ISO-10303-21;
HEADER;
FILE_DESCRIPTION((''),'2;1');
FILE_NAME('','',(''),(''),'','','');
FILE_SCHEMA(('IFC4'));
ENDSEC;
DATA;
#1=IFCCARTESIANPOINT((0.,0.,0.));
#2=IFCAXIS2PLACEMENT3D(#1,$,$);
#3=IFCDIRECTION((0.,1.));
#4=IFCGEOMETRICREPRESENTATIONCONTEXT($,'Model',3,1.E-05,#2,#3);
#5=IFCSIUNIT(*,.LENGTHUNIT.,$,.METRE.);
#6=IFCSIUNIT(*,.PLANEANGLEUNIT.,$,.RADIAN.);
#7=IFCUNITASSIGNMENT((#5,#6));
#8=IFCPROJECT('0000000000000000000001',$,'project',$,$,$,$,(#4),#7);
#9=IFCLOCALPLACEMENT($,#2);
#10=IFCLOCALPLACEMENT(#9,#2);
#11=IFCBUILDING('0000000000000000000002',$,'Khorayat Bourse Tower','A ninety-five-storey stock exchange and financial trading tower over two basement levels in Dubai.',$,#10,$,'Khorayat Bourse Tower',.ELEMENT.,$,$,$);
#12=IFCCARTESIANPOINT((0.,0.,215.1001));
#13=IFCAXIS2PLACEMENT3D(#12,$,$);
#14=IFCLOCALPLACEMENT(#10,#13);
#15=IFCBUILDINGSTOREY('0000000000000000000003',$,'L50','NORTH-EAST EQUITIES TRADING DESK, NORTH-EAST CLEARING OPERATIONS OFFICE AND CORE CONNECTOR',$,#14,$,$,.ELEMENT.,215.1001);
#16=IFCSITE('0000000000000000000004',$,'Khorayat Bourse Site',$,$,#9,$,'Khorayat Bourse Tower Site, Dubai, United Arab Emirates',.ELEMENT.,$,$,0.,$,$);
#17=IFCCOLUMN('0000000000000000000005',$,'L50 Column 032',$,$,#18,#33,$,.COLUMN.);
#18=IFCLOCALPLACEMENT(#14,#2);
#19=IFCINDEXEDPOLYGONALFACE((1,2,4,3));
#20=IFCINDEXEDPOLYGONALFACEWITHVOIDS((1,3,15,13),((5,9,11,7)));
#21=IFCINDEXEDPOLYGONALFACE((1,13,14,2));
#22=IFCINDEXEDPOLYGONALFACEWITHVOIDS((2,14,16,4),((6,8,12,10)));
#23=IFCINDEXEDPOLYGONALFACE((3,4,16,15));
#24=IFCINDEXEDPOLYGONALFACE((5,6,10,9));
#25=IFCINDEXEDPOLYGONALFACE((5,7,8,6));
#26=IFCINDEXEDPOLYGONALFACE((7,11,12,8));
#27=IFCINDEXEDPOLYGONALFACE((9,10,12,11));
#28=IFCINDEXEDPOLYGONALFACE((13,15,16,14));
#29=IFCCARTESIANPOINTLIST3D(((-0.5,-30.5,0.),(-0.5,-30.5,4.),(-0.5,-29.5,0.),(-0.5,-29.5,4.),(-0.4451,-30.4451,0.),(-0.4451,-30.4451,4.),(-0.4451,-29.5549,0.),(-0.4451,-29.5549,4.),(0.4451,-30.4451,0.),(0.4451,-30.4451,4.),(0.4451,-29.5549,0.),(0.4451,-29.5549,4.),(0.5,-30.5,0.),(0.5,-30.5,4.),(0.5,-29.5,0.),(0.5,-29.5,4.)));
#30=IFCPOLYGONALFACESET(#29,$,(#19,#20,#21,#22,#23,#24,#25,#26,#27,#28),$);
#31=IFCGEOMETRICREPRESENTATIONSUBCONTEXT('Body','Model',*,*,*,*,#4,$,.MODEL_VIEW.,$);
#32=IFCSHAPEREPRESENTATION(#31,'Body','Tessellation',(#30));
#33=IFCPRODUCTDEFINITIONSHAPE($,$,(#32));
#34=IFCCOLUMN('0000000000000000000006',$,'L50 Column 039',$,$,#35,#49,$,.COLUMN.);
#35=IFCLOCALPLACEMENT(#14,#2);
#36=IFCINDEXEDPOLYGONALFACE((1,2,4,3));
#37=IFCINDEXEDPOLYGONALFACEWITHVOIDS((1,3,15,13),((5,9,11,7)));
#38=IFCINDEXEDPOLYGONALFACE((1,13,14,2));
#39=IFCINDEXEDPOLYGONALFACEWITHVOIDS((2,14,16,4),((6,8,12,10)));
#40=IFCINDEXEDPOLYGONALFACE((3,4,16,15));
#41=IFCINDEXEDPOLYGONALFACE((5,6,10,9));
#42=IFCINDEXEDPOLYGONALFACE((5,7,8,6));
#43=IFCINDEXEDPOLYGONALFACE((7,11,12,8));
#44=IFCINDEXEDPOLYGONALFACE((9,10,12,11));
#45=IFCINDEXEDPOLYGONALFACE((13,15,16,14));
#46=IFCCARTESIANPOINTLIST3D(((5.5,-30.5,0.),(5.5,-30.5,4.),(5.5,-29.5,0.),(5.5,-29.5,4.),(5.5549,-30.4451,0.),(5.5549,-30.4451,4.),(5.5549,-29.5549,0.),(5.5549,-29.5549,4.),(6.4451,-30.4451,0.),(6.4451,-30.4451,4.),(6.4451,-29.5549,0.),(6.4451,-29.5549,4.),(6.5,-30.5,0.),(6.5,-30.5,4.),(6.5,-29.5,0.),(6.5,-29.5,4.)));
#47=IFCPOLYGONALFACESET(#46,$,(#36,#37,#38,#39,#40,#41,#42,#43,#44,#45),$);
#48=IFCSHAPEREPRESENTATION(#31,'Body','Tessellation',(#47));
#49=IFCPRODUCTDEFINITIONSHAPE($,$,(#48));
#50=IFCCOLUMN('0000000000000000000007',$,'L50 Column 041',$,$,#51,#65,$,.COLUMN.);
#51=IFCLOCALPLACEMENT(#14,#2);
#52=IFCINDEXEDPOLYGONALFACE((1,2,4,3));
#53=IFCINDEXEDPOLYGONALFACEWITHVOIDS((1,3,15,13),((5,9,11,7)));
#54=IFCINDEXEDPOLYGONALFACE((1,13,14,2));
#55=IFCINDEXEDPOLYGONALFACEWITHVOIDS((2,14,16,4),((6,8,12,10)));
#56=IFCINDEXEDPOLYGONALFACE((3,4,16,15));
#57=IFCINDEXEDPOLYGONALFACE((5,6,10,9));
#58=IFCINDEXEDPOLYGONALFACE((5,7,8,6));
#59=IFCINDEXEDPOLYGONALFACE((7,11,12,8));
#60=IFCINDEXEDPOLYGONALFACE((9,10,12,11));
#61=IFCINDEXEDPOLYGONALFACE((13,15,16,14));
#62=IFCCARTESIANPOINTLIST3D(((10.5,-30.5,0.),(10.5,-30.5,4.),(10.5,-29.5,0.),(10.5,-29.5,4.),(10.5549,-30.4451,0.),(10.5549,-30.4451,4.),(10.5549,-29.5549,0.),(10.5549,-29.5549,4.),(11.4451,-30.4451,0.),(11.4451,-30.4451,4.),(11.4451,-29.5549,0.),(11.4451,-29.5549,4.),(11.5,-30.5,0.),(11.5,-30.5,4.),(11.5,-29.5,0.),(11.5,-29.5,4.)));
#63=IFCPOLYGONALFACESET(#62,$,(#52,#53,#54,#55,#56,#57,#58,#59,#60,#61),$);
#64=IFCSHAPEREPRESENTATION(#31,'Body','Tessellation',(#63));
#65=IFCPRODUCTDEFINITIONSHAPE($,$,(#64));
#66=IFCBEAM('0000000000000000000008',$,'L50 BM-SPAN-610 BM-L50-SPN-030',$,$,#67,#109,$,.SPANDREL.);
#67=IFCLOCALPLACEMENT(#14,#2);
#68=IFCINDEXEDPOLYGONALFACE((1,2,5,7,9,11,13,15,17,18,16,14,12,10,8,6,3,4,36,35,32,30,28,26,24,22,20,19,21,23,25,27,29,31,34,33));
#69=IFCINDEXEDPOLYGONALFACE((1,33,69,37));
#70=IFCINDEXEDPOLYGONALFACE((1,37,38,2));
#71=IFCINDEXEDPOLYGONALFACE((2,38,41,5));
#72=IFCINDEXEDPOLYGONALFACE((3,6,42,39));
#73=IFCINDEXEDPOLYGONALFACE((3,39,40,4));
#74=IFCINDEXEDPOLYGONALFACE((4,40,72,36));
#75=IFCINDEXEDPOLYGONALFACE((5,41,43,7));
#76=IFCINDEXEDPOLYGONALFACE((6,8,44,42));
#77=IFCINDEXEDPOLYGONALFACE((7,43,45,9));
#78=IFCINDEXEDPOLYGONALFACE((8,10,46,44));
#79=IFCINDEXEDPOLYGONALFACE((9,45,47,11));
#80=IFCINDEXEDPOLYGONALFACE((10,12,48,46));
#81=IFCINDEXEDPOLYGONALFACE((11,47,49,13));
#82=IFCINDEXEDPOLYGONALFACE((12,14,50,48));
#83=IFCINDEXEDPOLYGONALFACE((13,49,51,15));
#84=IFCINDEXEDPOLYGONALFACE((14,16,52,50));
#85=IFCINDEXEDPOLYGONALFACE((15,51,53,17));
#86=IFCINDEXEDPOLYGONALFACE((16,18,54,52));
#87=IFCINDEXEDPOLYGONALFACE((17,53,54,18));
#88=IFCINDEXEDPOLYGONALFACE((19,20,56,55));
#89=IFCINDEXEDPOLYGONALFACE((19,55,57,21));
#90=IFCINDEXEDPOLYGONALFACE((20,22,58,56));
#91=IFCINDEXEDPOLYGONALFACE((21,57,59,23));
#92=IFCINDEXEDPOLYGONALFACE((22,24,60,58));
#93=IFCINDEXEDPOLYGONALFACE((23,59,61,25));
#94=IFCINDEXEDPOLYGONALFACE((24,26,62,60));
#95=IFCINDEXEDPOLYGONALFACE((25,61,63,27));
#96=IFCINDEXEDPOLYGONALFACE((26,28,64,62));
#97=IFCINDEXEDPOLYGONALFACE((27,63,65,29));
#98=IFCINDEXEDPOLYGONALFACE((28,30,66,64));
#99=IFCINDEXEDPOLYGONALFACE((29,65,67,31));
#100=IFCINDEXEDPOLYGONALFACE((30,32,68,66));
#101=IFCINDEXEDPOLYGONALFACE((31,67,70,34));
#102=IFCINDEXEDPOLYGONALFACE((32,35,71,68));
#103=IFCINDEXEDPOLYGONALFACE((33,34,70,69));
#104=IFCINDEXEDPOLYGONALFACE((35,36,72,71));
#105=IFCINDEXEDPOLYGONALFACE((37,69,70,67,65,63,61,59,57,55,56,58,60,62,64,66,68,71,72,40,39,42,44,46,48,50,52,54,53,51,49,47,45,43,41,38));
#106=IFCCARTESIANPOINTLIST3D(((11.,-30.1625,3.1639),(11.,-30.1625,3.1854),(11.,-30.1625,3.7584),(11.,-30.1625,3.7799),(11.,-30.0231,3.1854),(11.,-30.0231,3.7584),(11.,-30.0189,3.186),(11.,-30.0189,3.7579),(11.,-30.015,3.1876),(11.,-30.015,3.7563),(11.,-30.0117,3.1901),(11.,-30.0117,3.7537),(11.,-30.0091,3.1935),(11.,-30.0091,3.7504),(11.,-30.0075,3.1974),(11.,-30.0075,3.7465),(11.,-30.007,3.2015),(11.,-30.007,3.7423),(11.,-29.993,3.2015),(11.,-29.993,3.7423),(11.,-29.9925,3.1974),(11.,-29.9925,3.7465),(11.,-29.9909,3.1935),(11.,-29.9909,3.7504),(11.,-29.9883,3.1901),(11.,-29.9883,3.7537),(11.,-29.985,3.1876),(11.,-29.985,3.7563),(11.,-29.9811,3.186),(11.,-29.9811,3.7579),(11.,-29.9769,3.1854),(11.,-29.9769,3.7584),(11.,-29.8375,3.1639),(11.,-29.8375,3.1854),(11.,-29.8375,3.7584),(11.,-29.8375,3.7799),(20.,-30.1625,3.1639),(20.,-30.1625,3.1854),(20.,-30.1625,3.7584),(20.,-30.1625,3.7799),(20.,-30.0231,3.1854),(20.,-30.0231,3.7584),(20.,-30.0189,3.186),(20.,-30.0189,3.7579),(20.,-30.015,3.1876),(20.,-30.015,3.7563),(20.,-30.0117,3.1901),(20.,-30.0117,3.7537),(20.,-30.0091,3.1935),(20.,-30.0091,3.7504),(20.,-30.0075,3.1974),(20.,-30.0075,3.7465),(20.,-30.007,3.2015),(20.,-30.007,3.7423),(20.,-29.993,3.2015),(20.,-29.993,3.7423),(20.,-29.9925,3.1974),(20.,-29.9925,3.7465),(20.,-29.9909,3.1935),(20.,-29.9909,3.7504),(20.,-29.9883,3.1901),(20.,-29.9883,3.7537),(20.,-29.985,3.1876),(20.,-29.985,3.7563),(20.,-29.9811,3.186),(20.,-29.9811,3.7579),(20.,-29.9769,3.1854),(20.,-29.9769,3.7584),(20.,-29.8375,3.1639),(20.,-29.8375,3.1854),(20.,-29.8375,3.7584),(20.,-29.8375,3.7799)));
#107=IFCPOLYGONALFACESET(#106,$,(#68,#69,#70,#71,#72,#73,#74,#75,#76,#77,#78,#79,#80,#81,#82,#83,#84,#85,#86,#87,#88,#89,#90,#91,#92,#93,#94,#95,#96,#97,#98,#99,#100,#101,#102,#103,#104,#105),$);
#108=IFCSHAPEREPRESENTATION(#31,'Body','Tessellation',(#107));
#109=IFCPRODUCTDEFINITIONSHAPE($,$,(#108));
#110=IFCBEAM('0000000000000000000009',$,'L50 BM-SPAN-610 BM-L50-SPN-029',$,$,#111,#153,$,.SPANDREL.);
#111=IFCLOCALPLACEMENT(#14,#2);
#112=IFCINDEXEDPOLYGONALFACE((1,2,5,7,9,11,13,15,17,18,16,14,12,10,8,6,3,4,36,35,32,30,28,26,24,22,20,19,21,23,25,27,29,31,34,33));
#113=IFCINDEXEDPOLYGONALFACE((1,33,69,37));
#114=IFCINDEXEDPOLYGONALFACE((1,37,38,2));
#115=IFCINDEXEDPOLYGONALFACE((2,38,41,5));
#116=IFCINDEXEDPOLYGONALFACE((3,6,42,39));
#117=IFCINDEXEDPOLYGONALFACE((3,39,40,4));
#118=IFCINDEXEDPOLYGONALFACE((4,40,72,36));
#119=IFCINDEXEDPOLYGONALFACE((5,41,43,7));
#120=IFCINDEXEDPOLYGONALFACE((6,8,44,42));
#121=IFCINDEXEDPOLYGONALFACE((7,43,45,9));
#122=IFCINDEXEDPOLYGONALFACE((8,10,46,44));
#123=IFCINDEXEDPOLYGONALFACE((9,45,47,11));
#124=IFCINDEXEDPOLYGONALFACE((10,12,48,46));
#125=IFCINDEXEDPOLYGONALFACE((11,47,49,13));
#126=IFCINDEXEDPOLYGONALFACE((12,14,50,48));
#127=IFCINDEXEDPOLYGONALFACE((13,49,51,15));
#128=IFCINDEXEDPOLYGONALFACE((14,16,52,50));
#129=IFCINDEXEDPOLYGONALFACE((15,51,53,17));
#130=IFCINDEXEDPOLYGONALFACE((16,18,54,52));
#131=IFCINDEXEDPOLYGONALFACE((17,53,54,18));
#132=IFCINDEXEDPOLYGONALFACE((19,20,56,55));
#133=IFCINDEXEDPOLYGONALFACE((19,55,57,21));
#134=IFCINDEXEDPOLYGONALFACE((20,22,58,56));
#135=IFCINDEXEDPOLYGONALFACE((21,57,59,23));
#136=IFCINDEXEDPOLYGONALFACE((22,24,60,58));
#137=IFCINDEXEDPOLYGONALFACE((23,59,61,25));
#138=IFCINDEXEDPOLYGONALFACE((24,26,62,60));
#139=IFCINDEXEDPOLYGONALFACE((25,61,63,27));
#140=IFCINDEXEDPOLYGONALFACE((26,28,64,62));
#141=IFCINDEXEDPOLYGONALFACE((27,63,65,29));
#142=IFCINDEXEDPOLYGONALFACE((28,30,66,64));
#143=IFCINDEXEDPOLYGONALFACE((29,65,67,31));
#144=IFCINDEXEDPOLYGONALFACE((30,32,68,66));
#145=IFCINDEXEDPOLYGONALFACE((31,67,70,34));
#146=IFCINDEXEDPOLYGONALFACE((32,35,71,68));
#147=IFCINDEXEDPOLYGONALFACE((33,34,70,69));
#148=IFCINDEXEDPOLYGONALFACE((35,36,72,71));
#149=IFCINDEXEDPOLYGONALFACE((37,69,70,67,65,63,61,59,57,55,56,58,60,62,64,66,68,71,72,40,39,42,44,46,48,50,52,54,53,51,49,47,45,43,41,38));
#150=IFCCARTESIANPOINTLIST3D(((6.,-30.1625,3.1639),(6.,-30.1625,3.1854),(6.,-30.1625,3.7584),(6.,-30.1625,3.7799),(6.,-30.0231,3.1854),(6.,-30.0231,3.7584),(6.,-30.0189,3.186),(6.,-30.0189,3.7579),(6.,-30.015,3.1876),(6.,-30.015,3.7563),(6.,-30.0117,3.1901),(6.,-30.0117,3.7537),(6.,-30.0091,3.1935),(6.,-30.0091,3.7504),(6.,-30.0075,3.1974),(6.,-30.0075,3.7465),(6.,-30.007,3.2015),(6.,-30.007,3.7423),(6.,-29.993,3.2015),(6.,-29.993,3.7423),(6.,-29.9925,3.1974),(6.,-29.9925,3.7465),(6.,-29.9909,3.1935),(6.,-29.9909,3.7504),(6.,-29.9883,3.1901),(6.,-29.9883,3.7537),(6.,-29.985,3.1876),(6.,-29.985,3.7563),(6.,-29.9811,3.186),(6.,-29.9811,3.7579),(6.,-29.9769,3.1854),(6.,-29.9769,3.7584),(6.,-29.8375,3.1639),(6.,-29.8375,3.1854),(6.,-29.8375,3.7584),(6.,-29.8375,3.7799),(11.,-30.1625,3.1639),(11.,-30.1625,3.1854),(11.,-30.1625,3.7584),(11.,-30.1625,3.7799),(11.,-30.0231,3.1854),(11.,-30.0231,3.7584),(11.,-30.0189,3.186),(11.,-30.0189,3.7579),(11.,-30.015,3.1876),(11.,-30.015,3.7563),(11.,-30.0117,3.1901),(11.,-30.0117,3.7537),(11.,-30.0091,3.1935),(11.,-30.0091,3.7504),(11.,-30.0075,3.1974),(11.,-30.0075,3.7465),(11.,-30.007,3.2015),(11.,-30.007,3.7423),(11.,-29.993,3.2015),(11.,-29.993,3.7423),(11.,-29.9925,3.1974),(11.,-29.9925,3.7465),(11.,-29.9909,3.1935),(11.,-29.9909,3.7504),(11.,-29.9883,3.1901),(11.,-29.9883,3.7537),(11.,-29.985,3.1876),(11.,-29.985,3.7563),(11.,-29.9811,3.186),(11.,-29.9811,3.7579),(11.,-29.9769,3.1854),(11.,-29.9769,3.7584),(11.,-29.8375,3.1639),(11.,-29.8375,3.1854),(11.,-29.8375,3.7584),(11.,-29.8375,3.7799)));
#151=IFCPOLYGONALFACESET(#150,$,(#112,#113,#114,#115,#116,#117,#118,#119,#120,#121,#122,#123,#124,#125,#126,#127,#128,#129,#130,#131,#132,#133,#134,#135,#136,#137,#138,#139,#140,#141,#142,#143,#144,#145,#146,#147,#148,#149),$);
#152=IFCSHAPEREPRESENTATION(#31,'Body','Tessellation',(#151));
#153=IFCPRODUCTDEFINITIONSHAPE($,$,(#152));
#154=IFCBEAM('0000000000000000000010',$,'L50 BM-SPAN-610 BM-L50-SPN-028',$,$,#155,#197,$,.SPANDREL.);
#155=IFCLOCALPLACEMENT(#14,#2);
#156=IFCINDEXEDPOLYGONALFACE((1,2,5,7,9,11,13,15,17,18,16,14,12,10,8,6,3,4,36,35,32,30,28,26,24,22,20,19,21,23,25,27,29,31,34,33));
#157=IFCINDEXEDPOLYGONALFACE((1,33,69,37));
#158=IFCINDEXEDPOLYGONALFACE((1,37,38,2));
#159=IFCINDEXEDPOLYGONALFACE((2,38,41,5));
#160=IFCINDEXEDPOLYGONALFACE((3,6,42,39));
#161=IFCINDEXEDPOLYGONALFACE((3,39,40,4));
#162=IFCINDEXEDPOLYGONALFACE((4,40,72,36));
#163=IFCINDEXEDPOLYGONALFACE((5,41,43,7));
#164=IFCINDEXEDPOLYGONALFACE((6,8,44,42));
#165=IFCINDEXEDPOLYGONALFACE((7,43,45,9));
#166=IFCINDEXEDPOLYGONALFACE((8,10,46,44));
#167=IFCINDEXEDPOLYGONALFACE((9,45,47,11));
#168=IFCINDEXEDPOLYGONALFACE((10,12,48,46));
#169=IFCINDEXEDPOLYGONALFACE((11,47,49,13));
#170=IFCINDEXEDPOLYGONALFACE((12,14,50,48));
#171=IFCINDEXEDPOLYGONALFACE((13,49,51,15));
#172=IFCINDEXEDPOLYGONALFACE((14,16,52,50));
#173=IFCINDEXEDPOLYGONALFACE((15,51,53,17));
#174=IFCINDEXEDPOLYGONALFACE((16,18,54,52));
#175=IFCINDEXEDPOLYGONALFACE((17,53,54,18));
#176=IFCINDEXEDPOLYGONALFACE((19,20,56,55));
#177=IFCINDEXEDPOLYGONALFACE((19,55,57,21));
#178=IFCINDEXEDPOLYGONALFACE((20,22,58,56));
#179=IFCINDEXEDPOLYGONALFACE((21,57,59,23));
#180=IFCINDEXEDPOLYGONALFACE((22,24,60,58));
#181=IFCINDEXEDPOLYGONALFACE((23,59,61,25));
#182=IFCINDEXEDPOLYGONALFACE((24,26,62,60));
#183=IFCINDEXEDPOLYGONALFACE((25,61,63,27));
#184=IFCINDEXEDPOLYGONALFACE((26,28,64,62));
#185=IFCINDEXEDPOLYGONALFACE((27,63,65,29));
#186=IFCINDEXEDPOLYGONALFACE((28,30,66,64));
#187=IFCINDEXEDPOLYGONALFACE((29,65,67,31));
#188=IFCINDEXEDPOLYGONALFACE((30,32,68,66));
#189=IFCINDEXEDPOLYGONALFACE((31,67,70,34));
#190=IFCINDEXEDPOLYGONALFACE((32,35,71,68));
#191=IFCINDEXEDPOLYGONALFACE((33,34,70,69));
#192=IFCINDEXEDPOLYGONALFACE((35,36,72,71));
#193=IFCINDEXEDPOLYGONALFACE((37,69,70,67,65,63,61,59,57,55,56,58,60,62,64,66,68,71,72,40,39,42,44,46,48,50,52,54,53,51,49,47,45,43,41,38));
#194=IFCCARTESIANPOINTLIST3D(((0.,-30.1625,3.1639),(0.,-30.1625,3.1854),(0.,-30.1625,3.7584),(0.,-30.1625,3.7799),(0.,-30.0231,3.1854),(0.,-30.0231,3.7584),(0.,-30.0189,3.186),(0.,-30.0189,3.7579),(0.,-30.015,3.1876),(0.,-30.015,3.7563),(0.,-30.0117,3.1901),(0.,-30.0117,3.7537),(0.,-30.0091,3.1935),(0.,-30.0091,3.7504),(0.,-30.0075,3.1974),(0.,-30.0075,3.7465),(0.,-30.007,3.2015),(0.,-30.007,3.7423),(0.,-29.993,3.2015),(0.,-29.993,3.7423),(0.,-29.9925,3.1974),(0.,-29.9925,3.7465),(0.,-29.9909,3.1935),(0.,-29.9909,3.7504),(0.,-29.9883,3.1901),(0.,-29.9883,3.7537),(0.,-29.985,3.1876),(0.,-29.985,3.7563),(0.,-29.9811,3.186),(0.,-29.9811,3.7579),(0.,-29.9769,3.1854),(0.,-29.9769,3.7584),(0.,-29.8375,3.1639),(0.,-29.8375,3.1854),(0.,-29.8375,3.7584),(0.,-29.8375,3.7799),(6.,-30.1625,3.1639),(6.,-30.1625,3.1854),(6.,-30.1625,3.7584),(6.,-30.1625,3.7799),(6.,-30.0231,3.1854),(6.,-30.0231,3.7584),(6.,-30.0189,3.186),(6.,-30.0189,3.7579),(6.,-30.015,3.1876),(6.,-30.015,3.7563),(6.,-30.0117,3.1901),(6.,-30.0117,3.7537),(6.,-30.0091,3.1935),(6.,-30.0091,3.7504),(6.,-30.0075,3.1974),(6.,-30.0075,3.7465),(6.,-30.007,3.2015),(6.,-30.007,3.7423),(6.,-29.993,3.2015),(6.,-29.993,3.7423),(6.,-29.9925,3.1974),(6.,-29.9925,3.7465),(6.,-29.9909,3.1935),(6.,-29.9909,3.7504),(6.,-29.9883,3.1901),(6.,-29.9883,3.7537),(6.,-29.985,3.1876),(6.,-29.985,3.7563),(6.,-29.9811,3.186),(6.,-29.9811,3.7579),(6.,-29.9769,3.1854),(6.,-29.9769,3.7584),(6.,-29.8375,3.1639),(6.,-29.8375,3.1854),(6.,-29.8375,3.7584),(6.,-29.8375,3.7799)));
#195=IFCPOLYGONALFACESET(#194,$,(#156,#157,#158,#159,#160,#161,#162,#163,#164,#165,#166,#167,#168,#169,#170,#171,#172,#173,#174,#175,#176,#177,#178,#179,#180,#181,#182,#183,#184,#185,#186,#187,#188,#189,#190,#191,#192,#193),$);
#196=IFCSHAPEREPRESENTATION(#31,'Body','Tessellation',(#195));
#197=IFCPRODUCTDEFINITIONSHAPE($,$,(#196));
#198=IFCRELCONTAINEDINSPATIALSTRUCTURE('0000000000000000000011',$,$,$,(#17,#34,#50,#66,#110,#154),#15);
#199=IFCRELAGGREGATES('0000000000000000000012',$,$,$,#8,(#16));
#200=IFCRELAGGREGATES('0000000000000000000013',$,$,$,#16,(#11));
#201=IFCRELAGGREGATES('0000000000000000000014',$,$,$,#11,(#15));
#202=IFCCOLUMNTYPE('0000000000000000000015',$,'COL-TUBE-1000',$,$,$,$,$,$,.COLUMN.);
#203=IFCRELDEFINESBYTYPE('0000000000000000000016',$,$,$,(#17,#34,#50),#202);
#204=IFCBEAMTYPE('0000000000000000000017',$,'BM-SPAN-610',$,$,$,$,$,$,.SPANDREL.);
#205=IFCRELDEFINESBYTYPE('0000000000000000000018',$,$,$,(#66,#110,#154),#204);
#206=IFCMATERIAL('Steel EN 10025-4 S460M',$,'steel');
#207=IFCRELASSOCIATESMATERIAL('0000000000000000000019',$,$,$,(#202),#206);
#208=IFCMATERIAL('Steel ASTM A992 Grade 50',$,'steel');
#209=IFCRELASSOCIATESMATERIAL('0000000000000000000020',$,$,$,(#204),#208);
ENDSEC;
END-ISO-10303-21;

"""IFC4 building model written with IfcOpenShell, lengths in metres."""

from ifc_helpers import new_model, si_unit, direction, frame, origin, origin_2d, place, context, subcontext, project, spatial, hollow_rectangle, i_section, extrude, source, transform, mapped, material, material_profile, profile_set, type_object, element, save


model = new_model("IFC4")

# Units and contexts
model_context = context("Model", 3, precision=1e-05, world=origin(), true_north=direction((0.0, 1.0)))
body_context = subcontext(model_context, "Body", "Model", "MODEL_VIEW")
ifc_project = project(units=[si_unit("LENGTHUNIT", "METRE"), si_unit("PLANEANGLEUNIT", "RADIAN")], contexts=[model_context])

# Site, building, storey
site_placement = place(None, origin())
site = spatial("IfcSite", under=ifc_project, at=site_placement, Name="Khorayat Bourse Site", LongName="Khorayat Bourse Tower Site, Dubai, United Arab Emirates", CompositionType="ELEMENT", RefElevation=0.0)
building_placement = place(site_placement, origin())
building = spatial("IfcBuilding", under=site, at=building_placement, Name="Khorayat Bourse Tower", Description="A ninety-five-storey stock exchange and financial trading tower over two basement levels in Dubai.", LongName="Khorayat Bourse Tower", CompositionType="ELEMENT")
storey_placement = place(building_placement, frame((0.0, 0.0, 215.1001)))
storey = spatial("IfcBuildingStorey", under=building, at=storey_placement, Name="L50", Description="NORTH-EAST EQUITIES TRADING DESK, NORTH-EAST CLEARING OPERATIONS OFFICE AND CORE CONNECTOR", CompositionType="ELEMENT", Elevation=215.1001)

# Columns
ifc_material_1 = material(Name="Steel EN 10025-4 S460M", Category="steel")
ifc_material_profile_1 = material_profile(ifc_material_1, hollow_rectangle(XDim=1.0, YDim=1.0, WallThickness=0.0549, at=origin_2d()), Name="BOX 1000x1000x55")
ifc_profile_set_1 = profile_set([ifc_material_profile_1], Name="Steel EN 10025-4 S460M")
column_type = type_object("IfcColumnType", Name="COL-TUBE-1000", PredefinedType="COLUMN", material=ifc_profile_set_1)
shared_shape_1 = source(origin(), body_context, "Body", "SweptSolid", [
    extrude(hollow_rectangle(XDim=1.0, YDim=1.0, WallThickness=0.0549, at=origin_2d()), origin(), (0.0, 0.0, 1.0), 4.0),
])
for number, where, z_axis, x_axis, name in (
    (1, (0.0, -30.0, 0.0), (0.0, 0.0, 1.0), (1.0, 0.0, 0.0), "L50 Column 032"),
    (2, (6.0, -30.0, 0.0), (0.0, 0.0, 1.0), (1.0, 0.0, 0.0), "L50 Column 039"),
    (3, (11.0, -30.0, 0.0), (0.0, 0.0, 1.0), (1.0, 0.0, 0.0), "L50 Column 041"),
):
    element("IfcColumn", number, at=place(storey_placement, frame(where, z_axis=z_axis, x_axis=x_axis)), inside=storey, type_object=column_type, Name=name, PredefinedType="COLUMN", context=body_context, shape_type="MappedRepresentation", body=[
        mapped(shared_shape_1, transform((0.0, 0.0, 0.0), scale=1.0)),
    ])

# Beams
ifc_material_2 = material(Name="Steel ASTM A992 Grade 50", Category="steel")
ifc_material_profile_2 = material_profile(ifc_material_2, i_section(OverallWidth=0.325, OverallDepth=0.616, WebThickness=0.0139, FlangeThickness=0.0215, FilletRadius=0.0161, at=origin_2d()), Name="W610X174")
ifc_profile_set_2 = profile_set([ifc_material_profile_2], Name="Steel ASTM A992 Grade 50")
beam_type_1 = type_object("IfcBeamType", Name="BM-SPAN-610", PredefinedType="SPANDREL", material=ifc_profile_set_2)
shared_shape_2 = source(origin(), body_context, "Body", "SweptSolid", [
    extrude(i_section(OverallWidth=0.325, OverallDepth=0.616, WebThickness=0.0139, FlangeThickness=0.0215, FilletRadius=0.0161, at=origin_2d()), origin(), (0.0, 0.0, 1.0), 9.0),
])
beam_1_placement = place(storey_placement, frame((11.0, -30.0, 3.4719), z_axis=(1.0, 0.0, 0.0), x_axis=(0.0, 1.0, 0.0)))
element("IfcBeam", 4, at=beam_1_placement, inside=storey, type_object=beam_type_1, Name="L50 BM-SPAN-610 BM-L50-SPN-030", PredefinedType="SPANDREL", context=body_context, shape_type="MappedRepresentation", body=[
    mapped(shared_shape_2, transform((0.0, 0.0, 0.0), scale=1.0)),
])
shared_shape_3 = source(origin(), body_context, "Body", "SweptSolid", [
    extrude(i_section(OverallWidth=0.325, OverallDepth=0.616, WebThickness=0.0139, FlangeThickness=0.0215, FilletRadius=0.0161, at=origin_2d()), origin(), (0.0, 0.0, 1.0), 5.0),
])
beam_2_placement = place(storey_placement, frame((6.0, -30.0, 3.4719), z_axis=(1.0, 0.0, 0.0), x_axis=(0.0, 1.0, 0.0)))
element("IfcBeam", 5, at=beam_2_placement, inside=storey, type_object=beam_type_1, Name="L50 BM-SPAN-610 BM-L50-SPN-029", PredefinedType="SPANDREL", context=body_context, shape_type="MappedRepresentation", body=[
    mapped(shared_shape_3, transform((0.0, 0.0, 0.0), scale=1.0)),
])
shared_shape_4 = source(origin(), body_context, "Body", "SweptSolid", [
    extrude(i_section(OverallWidth=0.325, OverallDepth=0.616, WebThickness=0.0139, FlangeThickness=0.0215, FilletRadius=0.0161, at=origin_2d()), origin(), (0.0, 0.0, 1.0), 6.0),
])
beam_3_placement = place(storey_placement, frame((0.0, -30.0, 3.4719), z_axis=(1.0, 0.0, 0.0), x_axis=(0.0, 1.0, 0.0)))
element("IfcBeam", 6, at=beam_3_placement, inside=storey, type_object=beam_type_1, Name="L50 BM-SPAN-610 BM-L50-SPN-028", PredefinedType="SPANDREL", context=body_context, shape_type="MappedRepresentation", body=[
    mapped(shared_shape_4, transform((0.0, 0.0, 0.0), scale=1.0)),
])

save(model, "model.ifc")
